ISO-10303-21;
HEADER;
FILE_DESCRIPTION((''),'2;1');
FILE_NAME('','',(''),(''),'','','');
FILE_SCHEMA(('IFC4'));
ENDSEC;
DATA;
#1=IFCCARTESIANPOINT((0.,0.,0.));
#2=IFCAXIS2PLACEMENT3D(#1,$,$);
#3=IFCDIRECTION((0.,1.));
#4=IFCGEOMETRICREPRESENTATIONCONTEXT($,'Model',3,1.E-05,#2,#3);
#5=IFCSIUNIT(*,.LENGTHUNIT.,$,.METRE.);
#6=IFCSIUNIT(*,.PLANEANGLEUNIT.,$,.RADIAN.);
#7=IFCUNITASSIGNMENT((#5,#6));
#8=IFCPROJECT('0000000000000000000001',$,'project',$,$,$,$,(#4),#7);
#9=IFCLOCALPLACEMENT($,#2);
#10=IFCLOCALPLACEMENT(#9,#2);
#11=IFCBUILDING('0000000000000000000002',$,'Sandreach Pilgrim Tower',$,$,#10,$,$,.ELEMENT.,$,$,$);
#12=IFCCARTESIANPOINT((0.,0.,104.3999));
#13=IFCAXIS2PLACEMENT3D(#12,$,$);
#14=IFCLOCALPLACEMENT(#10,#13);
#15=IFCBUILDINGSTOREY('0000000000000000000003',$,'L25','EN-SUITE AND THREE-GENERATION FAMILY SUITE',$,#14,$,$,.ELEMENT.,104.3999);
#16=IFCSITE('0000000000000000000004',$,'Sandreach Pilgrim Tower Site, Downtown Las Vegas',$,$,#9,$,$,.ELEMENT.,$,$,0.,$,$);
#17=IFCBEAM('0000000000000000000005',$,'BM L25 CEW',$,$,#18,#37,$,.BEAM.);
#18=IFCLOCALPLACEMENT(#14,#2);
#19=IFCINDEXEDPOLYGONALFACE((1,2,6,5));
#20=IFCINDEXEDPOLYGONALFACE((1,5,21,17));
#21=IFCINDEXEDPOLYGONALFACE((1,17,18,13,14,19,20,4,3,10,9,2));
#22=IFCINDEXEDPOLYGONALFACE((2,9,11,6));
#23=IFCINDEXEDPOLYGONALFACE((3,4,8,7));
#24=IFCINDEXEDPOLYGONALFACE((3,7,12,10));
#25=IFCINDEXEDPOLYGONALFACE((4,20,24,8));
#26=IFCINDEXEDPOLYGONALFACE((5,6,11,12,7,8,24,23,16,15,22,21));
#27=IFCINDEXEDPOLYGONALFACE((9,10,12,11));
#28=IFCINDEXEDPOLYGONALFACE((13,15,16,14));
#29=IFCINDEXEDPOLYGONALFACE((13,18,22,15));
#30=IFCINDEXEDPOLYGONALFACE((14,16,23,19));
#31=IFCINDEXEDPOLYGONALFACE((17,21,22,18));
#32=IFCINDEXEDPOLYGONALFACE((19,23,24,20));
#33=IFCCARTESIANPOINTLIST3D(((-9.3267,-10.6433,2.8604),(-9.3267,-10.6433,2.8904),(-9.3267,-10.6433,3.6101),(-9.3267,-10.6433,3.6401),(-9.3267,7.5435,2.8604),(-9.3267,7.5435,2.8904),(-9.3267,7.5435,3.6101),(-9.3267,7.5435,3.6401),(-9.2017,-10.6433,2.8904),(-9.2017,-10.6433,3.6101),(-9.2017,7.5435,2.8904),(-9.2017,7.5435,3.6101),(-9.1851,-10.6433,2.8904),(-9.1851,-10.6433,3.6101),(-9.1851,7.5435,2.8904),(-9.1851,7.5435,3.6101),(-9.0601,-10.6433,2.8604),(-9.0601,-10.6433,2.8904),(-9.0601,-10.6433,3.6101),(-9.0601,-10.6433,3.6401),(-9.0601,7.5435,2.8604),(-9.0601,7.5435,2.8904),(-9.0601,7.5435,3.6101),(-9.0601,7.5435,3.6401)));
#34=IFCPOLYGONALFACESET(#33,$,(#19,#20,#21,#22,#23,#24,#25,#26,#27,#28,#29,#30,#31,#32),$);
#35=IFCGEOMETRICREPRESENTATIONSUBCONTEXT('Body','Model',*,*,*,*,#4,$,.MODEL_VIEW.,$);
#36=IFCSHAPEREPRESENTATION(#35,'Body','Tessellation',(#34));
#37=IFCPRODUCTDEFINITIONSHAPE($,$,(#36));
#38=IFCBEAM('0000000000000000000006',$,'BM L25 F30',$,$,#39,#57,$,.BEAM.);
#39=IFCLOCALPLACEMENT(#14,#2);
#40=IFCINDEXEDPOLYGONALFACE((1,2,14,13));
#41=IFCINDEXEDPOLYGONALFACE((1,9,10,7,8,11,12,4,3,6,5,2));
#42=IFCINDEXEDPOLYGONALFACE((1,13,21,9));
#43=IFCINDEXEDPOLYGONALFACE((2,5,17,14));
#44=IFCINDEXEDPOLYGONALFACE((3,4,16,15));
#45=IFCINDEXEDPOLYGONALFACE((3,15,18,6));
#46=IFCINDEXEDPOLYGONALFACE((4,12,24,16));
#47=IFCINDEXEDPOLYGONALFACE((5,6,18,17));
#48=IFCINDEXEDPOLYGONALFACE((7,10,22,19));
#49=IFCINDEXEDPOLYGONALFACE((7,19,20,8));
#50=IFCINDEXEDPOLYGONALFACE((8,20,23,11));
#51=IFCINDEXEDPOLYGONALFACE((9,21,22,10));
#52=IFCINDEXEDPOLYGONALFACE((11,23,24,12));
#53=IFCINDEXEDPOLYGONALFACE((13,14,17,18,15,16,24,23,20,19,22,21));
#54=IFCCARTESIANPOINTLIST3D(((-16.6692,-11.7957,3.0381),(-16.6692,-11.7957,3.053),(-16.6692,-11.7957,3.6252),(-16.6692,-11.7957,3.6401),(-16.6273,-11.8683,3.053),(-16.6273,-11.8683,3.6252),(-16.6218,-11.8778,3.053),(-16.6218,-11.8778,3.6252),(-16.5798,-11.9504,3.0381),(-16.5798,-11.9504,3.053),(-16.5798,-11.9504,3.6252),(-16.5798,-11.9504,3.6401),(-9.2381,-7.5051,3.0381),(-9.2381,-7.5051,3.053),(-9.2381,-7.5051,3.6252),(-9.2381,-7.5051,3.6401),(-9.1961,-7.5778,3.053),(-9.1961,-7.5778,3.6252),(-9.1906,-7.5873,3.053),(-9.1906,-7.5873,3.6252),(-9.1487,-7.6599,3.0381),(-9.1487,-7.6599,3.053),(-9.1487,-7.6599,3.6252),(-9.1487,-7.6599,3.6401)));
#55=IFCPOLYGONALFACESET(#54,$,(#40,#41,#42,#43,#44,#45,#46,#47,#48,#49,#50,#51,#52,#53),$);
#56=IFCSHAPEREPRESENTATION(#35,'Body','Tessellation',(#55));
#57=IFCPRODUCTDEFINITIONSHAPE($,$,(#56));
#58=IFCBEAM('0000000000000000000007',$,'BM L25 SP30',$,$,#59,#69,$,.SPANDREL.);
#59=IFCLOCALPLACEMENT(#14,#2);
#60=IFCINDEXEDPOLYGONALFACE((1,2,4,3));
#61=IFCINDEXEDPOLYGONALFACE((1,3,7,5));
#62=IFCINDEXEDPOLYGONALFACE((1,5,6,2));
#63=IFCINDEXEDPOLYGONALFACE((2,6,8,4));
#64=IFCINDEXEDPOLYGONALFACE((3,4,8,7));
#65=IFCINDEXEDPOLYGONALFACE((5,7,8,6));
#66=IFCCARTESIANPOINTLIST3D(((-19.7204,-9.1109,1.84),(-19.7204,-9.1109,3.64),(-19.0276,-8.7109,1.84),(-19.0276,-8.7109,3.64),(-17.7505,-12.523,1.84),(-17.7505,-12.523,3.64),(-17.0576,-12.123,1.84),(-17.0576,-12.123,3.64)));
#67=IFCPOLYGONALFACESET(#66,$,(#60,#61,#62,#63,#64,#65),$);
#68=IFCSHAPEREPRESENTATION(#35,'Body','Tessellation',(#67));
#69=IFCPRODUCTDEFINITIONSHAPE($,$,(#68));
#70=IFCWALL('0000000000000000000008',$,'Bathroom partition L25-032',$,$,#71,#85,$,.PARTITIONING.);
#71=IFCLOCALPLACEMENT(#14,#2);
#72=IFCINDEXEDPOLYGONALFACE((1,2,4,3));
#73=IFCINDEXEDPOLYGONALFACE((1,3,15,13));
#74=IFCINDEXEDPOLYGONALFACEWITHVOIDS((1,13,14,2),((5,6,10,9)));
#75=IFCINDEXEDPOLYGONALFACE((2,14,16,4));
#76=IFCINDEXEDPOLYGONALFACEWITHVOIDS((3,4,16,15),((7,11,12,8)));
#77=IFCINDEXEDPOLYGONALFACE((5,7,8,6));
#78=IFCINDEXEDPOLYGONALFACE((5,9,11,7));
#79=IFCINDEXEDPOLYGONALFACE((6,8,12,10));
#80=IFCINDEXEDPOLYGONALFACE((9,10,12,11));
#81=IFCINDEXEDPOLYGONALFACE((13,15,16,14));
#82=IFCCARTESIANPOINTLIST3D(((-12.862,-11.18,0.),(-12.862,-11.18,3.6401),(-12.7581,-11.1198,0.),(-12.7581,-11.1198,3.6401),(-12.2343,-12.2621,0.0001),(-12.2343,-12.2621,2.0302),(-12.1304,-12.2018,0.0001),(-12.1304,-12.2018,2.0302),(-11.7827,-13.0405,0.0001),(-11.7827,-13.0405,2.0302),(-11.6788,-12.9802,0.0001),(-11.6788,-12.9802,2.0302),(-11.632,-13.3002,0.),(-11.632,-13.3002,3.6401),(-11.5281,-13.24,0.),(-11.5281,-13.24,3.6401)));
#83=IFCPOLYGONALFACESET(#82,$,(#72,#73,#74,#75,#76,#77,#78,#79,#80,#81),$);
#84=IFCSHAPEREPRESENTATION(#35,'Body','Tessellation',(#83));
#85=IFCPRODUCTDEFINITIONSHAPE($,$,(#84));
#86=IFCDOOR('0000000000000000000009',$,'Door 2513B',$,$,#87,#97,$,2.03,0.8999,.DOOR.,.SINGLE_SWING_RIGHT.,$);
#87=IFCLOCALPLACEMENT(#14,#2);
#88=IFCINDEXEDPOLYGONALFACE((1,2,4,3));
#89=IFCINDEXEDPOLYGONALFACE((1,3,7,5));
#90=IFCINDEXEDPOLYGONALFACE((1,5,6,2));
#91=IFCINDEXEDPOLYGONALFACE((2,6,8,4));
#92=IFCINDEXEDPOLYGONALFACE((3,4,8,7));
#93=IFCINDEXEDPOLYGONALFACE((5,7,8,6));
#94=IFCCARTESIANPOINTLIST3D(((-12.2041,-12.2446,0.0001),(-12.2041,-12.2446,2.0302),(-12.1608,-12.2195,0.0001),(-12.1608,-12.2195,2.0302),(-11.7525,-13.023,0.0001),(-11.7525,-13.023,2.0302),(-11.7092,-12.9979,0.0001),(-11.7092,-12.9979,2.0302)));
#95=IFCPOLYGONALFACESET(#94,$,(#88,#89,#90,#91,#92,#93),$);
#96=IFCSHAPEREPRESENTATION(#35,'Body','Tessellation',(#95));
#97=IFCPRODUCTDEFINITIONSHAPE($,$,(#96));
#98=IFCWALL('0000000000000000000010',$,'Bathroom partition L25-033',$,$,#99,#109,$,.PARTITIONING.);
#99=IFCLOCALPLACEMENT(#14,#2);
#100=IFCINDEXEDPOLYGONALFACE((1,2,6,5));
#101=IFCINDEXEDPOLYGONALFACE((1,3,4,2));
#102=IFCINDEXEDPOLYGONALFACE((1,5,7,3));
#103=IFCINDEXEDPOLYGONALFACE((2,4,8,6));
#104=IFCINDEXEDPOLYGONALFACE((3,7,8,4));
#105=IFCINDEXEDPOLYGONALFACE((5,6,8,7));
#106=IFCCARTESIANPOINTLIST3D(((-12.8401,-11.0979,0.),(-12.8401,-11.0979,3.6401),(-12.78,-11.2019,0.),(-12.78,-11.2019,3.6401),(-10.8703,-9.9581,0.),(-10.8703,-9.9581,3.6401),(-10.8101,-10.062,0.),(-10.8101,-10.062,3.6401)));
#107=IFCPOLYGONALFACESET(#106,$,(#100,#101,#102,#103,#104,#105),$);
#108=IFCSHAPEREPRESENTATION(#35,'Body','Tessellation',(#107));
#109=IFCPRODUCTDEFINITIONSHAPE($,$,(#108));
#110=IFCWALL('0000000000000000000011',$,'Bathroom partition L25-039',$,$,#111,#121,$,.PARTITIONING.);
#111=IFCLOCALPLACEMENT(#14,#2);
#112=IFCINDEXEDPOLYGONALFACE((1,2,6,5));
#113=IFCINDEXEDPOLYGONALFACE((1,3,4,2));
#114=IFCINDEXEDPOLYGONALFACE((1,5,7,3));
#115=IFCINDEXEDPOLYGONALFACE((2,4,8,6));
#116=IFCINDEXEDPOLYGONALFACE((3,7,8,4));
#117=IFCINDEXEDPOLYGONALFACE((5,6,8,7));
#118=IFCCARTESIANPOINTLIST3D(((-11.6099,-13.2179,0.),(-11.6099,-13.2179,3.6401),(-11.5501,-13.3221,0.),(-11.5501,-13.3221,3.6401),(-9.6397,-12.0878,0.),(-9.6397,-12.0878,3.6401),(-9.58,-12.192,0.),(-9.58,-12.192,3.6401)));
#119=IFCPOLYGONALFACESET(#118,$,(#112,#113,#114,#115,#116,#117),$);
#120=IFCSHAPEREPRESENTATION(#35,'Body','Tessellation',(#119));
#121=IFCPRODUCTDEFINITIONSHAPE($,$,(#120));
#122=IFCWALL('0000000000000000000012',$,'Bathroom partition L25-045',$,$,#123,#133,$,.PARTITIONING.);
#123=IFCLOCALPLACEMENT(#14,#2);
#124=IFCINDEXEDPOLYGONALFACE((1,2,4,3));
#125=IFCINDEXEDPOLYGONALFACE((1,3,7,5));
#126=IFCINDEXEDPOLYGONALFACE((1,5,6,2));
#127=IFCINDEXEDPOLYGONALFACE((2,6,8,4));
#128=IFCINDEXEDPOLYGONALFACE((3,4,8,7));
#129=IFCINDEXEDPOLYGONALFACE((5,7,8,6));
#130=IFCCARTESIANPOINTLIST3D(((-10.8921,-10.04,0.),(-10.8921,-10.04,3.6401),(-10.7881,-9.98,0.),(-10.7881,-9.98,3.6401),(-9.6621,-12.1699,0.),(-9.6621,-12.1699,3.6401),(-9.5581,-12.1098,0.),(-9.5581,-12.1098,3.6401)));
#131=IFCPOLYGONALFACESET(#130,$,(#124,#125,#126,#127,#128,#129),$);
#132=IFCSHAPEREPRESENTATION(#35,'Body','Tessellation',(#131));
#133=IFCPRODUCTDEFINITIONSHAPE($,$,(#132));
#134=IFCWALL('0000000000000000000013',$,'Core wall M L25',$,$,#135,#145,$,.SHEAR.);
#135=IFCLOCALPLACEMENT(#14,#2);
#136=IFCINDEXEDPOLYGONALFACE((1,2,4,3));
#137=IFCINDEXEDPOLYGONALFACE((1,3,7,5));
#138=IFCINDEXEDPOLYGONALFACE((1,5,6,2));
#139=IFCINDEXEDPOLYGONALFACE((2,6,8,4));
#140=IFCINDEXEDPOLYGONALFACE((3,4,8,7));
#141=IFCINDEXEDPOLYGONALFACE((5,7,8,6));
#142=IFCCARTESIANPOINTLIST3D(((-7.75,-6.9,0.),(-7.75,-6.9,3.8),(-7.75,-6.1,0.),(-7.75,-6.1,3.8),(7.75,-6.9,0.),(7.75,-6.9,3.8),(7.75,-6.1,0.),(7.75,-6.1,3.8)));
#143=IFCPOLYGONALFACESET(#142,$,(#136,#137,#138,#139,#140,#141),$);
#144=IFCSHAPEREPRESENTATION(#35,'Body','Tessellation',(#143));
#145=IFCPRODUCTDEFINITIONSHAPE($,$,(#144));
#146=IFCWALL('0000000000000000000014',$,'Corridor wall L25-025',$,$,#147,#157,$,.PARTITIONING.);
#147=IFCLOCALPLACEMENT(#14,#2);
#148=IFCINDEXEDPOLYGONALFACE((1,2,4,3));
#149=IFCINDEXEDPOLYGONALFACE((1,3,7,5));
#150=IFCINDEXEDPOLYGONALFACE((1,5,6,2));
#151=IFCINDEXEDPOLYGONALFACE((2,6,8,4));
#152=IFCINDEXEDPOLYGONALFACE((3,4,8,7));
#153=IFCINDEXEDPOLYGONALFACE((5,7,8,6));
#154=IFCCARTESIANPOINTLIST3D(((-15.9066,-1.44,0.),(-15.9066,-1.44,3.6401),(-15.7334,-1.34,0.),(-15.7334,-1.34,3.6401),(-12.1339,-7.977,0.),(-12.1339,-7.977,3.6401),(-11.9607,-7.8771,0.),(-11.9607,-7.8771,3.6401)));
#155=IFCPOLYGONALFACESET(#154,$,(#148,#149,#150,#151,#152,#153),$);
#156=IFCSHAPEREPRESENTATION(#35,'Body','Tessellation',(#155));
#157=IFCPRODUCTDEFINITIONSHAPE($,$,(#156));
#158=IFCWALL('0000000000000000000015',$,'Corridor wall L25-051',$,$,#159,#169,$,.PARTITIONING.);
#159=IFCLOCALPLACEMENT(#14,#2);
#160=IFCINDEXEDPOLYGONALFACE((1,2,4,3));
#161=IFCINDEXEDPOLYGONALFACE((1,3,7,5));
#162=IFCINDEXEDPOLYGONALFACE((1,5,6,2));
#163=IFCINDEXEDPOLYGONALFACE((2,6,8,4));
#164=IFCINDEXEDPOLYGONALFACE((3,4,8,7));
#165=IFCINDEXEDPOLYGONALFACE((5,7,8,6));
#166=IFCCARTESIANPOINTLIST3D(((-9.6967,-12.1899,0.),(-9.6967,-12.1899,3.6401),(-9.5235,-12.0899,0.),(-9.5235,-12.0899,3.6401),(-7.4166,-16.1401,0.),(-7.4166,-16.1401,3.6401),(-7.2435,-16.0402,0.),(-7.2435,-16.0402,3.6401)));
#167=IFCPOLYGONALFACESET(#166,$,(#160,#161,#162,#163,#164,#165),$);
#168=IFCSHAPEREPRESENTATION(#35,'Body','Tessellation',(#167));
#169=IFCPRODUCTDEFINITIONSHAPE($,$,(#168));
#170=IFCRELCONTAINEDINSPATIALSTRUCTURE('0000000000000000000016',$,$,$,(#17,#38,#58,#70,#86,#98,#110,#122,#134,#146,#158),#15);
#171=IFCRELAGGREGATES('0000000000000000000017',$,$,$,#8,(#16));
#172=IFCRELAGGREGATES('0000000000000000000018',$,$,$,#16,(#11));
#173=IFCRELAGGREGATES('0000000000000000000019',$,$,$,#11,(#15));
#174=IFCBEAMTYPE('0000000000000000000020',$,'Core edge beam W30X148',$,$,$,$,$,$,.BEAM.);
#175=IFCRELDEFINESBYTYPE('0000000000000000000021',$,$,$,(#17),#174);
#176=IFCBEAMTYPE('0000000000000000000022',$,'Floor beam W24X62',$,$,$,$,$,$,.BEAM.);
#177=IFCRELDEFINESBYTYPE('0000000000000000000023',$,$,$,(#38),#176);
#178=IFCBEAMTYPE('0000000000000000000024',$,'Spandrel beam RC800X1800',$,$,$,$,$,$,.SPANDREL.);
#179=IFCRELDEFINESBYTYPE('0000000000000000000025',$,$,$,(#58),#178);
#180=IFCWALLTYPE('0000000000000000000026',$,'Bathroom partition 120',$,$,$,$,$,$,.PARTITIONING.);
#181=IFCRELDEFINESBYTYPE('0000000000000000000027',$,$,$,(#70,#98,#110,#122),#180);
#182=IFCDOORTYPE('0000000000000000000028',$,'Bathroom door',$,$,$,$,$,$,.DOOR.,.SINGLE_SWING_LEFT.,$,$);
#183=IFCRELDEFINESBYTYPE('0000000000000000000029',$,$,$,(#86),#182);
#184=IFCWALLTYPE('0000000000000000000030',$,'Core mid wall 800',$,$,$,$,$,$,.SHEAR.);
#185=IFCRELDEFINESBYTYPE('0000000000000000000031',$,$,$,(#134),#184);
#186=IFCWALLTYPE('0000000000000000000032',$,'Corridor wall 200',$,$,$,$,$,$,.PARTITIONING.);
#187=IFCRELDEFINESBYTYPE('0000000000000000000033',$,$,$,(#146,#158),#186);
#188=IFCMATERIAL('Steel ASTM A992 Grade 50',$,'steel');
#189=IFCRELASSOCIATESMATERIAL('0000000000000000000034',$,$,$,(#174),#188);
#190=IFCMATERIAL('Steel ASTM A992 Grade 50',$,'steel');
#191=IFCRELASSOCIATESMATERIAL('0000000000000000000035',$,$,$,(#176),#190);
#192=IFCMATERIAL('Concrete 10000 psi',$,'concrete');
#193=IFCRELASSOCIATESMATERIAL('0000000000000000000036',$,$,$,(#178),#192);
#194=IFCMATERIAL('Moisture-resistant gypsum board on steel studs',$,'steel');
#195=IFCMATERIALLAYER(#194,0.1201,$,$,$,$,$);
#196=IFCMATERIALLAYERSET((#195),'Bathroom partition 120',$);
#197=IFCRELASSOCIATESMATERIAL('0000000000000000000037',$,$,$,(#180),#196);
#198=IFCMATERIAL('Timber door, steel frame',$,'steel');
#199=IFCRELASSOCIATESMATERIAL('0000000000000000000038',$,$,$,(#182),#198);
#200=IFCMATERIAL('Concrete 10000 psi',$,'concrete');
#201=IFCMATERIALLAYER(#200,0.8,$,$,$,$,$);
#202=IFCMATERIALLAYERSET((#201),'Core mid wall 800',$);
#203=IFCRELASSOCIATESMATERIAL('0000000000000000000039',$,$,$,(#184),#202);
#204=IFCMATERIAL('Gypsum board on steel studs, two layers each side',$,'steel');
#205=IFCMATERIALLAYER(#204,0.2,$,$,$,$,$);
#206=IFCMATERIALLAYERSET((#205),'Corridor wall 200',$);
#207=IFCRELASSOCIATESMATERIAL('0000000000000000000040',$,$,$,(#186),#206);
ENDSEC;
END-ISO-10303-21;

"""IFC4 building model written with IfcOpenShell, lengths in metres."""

from ifc_helpers import new_model, si_unit, direction, frame, frame_2d, origin, origin_2d, place, context, subcontext, project, spatial, rectangle, i_section, extrude, material, layer, layer_set, material_profile, profile_set, type_object, element, fill, save


model = new_model("IFC4")

# Units and contexts
model_context = context("Model", 3, precision=1e-05, world=origin(), true_north=direction((0.0, 1.0)))
body_context = subcontext(model_context, "Body", "Model", "MODEL_VIEW")
ifc_project = project(units=[si_unit("LENGTHUNIT", "METRE"), si_unit("PLANEANGLEUNIT", "RADIAN")], contexts=[model_context])

# Site, building, storey
site_placement = place(None, origin())
site = spatial("IfcSite", under=ifc_project, at=site_placement, Name="Sandreach Pilgrim Tower Site, Downtown Las Vegas", CompositionType="ELEMENT", RefElevation=0.0)
building_placement = place(site_placement, origin())
building = spatial("IfcBuilding", under=site, at=building_placement, Name="Sandreach Pilgrim Tower", CompositionType="ELEMENT")
storey_placement = place(building_placement, frame((0.0, 0.0, 104.3999)))
storey = spatial("IfcBuildingStorey", under=building, at=storey_placement, Name="L25", Description="EN-SUITE AND THREE-GENERATION FAMILY SUITE", CompositionType="ELEMENT", Elevation=104.3999)

# Beams
ifc_material_1 = material(Name="Steel ASTM A992 Grade 50", Category="steel")
ifc_material_profile_1 = material_profile(ifc_material_1, i_section(OverallWidth=0.2666, OverallDepth=0.7798, WebThickness=0.0166, FlangeThickness=0.03, at=origin_2d()), Name="W30X148")
ifc_profile_set_1 = profile_set([ifc_material_profile_1], Name="Steel ASTM A992 Grade 50")
beam_type_1 = type_object("IfcBeamType", Name="Core edge beam W30X148", PredefinedType="BEAM", material=ifc_profile_set_1)
beam_1_placement = place(storey_placement, frame((-9.1934, -10.6433, 3.2502), z_axis=(0.0, 1.0, 0.0), x_axis=(-1.0, 0.0, 0.0)))
element("IfcBeam", 1, at=beam_1_placement, inside=storey, type_object=beam_type_1, Name="BM L25 CEW", PredefinedType="BEAM", context=body_context, shape_type="SweptSolid", body=[
    extrude(i_section(OverallWidth=0.2666, OverallDepth=0.7798, WebThickness=0.0166, FlangeThickness=0.03, at=origin_2d()), origin(), (0.0, 0.0, 1.0), 18.1868),
])
ifc_material_2 = material(Name="Steel ASTM A992 Grade 50", Category="steel")
ifc_material_profile_2 = material_profile(ifc_material_2, i_section(OverallWidth=0.1787, OverallDepth=0.6021, WebThickness=0.011, FlangeThickness=0.0149, at=origin_2d()), Name="W24X62")
ifc_profile_set_2 = profile_set([ifc_material_profile_2], Name="Steel ASTM A992 Grade 50")
beam_type_2 = type_object("IfcBeamType", Name="Floor beam W24X62", PredefinedType="BEAM", material=ifc_profile_set_2)
beam_2_placement = place(storey_placement, frame((-16.6245, -11.873, 3.3391), z_axis=(0.866018, 0.500013, 0.0), x_axis=(-0.500013, 0.866018, 0.0)))
element("IfcBeam", 2, at=beam_2_placement, inside=storey, type_object=beam_type_2, Name="BM L25 F30", PredefinedType="BEAM", context=body_context, shape_type="SweptSolid", body=[
    extrude(i_section(OverallWidth=0.1787, OverallDepth=0.6021, WebThickness=0.011, FlangeThickness=0.0149, at=origin_2d()), origin(), (0.0, 0.0, 1.0), 8.5808),
])
ifc_material_3 = material(Name="Concrete 10000 psi", Category="concrete")
ifc_material_profile_3 = material_profile(ifc_material_3, rectangle(XDim=0.8, YDim=1.8, at=origin_2d()), Name="RC800X1800")
ifc_profile_set_3 = profile_set([ifc_material_profile_3], Name="Concrete 10000 psi")
beam_type_3 = type_object("IfcBeamType", Name="Spandrel beam RC800X1800", PredefinedType="SPANDREL", material=ifc_profile_set_3)
beam_3_placement = place(storey_placement, frame((-17.4041, -12.323, 2.74), z_axis=(-0.499998, 0.866027, 0.0), x_axis=(-0.866027, -0.499998, 0.0)))
element("IfcBeam", 3, at=beam_3_placement, inside=storey, type_object=beam_type_3, Name="BM L25 SP30", PredefinedType="SPANDREL", context=body_context, shape_type="SweptSolid", body=[
    extrude(rectangle(XDim=0.8, YDim=1.8, at=origin_2d()), origin(), (0.0, 0.0, 1.0), 3.9399),
])

# Wall, opening, door
ifc_material_4 = material(Name="Moisture-resistant gypsum board on steel studs", Category="steel")
ifc_layer_1 = layer(ifc_material_4, 0.1201)
ifc_layer_set_1 = layer_set([ifc_layer_1], Name="Bathroom partition 120")
wall_type_1 = type_object("IfcWallType", Name="Bathroom partition 120", PredefinedType="PARTITIONING", material=ifc_layer_set_1)
wall_1_placement = place(storey_placement, frame((-12.8101, -11.1499, 0.0), z_axis=(0.0, 0.0, 1.0), x_axis=(0.501813, -0.864976, 0.0)))
wall_1 = element("IfcWall", 4, at=wall_1_placement, inside=storey, type_object=wall_type_1, Name="Bathroom partition L25-032", PredefinedType="PARTITIONING", context=body_context, shape_type="SweptSolid", body=[
    extrude(rectangle(XDim=2.4512, YDim=0.1201, at=frame_2d((1.2256, 0.0))), origin(), (0.0, 0.0, 1.0), 3.6401),
])
opening_1_placement = place(wall_1_placement, frame((1.251, 0.0, 0.0)))
opening_1 = element("IfcOpeningElement", 5, at=opening_1_placement, cuts=wall_1, PredefinedType="OPENING", context=body_context, shape_type="SweptSolid", body=[
    extrude(rectangle(XDim=0.8999, YDim=2.03, at=frame_2d((0.45, 1.0151))), frame((0.0, 0.0601, 0.0), z_axis=(0.0, -1.0, 0.0), x_axis=(1.0, 0.0, 0.0)), (0.0, 0.0, 1.0), 0.1201),
])
ifc_material_5 = material(Name="Timber door, steel frame", Category="steel")
door_type_1 = type_object("IfcDoorType", Name="Bathroom door", OperationType="SINGLE_SWING_LEFT", PredefinedType="DOOR", material=ifc_material_5)
door_1_placement = place(opening_1_placement, origin())
door_1 = element("IfcDoor", 6, at=door_1_placement, inside=storey, type_object=door_type_1, Name="Door 2513B", OperationType="SINGLE_SWING_RIGHT", OverallHeight=2.03, OverallWidth=0.8999, PredefinedType="DOOR", context=body_context, shape_type="SweptSolid", body=[
    extrude(rectangle(XDim=0.8999, YDim=2.03, at=frame_2d((0.45, 1.0151))), frame((0.0, 0.0249, 0.0), z_axis=(0.0, -1.0, 0.0), x_axis=(1.0, 0.0, 0.0)), (0.0, 0.0, 1.0), 0.05),
])
fill(opening_1, door_1)

# Walls
wall_2_placement = place(storey_placement, frame((-12.8101, -11.1499, 0.0), z_axis=(0.0, 0.0, 1.0), x_axis=(0.865544, 0.500833, 0.0)))
element("IfcWall", 7, at=wall_2_placement, inside=storey, type_object=wall_type_1, Name="Bathroom partition L25-033", PredefinedType="PARTITIONING", context=body_context, shape_type="SweptSolid", body=[
    extrude(rectangle(XDim=2.2759, YDim=0.1201, at=frame_2d((1.1379, 0.0))), origin(), (0.0, 0.0, 1.0), 3.6401),
])
wall_3_placement = place(storey_placement, frame((-11.5801, -13.27, 0.0), z_axis=(0.0, 0.0, 1.0), x_axis=(0.867428, 0.497562, 0.0)))
element("IfcWall", 8, at=wall_3_placement, inside=storey, type_object=wall_type_1, Name="Bathroom partition L25-039", PredefinedType="PARTITIONING", context=body_context, shape_type="SweptSolid", body=[
    extrude(rectangle(XDim=2.2712, YDim=0.1201, at=frame_2d((1.1357, 0.0))), origin(), (0.0, 0.0, 1.0), 3.6401),
])
wall_4_placement = place(storey_placement, frame((-10.8401, -10.01, 0.0), z_axis=(0.0, 0.0, 1.0), x_axis=(0.500089, -0.865974, 0.0)))
element("IfcWall", 9, at=wall_4_placement, inside=storey, type_object=wall_type_1, Name="Bathroom partition L25-045", PredefinedType="PARTITIONING", context=body_context, shape_type="SweptSolid", body=[
    extrude(rectangle(XDim=2.4595, YDim=0.1201, at=frame_2d((1.2297, 0.0))), origin(), (0.0, 0.0, 1.0), 3.6401),
])
ifc_material_6 = material(Name="Concrete 10000 psi", Category="concrete")
ifc_layer_2 = layer(ifc_material_6, 0.8)
ifc_layer_set_2 = layer_set([ifc_layer_2], Name="Core mid wall 800")
wall_type_2 = type_object("IfcWallType", Name="Core mid wall 800", PredefinedType="SHEAR", material=ifc_layer_set_2)
wall_5_placement = place(storey_placement, frame((-7.75, -6.5, 0.0), z_axis=(0.0, 0.0, 1.0), x_axis=(1.0, 0.0, 0.0)))
element("IfcWall", 10, at=wall_5_placement, inside=storey, type_object=wall_type_2, Name="Core wall M L25", PredefinedType="SHEAR", context=body_context, shape_type="SweptSolid", body=[
    extrude(rectangle(XDim=15.5, YDim=0.8, at=frame_2d((7.75, 0.0))), origin(), (0.0, 0.0, 1.0), 3.8),
])

# Wall
ifc_material_7 = material(Name="Gypsum board on steel studs, two layers each side", Category="steel")
ifc_layer_3 = layer(ifc_material_7, 0.2)
ifc_layer_set_3 = layer_set([ifc_layer_3], Name="Corridor wall 200")
wall_type_3 = type_object("IfcWallType", Name="Corridor wall 200", PredefinedType="PARTITIONING", material=ifc_layer_set_3)
wall_6_placement = place(storey_placement, frame((-15.8201, -1.3899, 0.0), z_axis=(0.0, 0.0, 1.0), x_axis=(0.499851, -0.866111, 0.0)))
element("IfcWall", 11, at=wall_6_placement, inside=storey, type_object=wall_type_3, Name="Corridor wall L25-025", PredefinedType="PARTITIONING", context=body_context, shape_type="SweptSolid", body=[
    extrude(rectangle(XDim=7.5476, YDim=0.2, at=frame_2d((3.7739, 0.0))), origin(), (0.0, 0.0, 1.0), 3.6401),
])

# Wall
wall_7_placement = place(storey_placement, frame((-9.6101, -12.1399, 0.0), z_axis=(0.0, 0.0, 1.0), x_axis=(0.499899, -0.866084, 0.0)))
element("IfcWall", 12, at=wall_7_placement, inside=storey, type_object=wall_type_3, Name="Corridor wall L25-051", PredefinedType="PARTITIONING", context=body_context, shape_type="SweptSolid", body=[
    extrude(rectangle(XDim=4.561, YDim=0.2, at=frame_2d((2.2805, 0.0))), origin(), (0.0, 0.0, 1.0), 3.6401),
])

save(model, "model.ifc")
